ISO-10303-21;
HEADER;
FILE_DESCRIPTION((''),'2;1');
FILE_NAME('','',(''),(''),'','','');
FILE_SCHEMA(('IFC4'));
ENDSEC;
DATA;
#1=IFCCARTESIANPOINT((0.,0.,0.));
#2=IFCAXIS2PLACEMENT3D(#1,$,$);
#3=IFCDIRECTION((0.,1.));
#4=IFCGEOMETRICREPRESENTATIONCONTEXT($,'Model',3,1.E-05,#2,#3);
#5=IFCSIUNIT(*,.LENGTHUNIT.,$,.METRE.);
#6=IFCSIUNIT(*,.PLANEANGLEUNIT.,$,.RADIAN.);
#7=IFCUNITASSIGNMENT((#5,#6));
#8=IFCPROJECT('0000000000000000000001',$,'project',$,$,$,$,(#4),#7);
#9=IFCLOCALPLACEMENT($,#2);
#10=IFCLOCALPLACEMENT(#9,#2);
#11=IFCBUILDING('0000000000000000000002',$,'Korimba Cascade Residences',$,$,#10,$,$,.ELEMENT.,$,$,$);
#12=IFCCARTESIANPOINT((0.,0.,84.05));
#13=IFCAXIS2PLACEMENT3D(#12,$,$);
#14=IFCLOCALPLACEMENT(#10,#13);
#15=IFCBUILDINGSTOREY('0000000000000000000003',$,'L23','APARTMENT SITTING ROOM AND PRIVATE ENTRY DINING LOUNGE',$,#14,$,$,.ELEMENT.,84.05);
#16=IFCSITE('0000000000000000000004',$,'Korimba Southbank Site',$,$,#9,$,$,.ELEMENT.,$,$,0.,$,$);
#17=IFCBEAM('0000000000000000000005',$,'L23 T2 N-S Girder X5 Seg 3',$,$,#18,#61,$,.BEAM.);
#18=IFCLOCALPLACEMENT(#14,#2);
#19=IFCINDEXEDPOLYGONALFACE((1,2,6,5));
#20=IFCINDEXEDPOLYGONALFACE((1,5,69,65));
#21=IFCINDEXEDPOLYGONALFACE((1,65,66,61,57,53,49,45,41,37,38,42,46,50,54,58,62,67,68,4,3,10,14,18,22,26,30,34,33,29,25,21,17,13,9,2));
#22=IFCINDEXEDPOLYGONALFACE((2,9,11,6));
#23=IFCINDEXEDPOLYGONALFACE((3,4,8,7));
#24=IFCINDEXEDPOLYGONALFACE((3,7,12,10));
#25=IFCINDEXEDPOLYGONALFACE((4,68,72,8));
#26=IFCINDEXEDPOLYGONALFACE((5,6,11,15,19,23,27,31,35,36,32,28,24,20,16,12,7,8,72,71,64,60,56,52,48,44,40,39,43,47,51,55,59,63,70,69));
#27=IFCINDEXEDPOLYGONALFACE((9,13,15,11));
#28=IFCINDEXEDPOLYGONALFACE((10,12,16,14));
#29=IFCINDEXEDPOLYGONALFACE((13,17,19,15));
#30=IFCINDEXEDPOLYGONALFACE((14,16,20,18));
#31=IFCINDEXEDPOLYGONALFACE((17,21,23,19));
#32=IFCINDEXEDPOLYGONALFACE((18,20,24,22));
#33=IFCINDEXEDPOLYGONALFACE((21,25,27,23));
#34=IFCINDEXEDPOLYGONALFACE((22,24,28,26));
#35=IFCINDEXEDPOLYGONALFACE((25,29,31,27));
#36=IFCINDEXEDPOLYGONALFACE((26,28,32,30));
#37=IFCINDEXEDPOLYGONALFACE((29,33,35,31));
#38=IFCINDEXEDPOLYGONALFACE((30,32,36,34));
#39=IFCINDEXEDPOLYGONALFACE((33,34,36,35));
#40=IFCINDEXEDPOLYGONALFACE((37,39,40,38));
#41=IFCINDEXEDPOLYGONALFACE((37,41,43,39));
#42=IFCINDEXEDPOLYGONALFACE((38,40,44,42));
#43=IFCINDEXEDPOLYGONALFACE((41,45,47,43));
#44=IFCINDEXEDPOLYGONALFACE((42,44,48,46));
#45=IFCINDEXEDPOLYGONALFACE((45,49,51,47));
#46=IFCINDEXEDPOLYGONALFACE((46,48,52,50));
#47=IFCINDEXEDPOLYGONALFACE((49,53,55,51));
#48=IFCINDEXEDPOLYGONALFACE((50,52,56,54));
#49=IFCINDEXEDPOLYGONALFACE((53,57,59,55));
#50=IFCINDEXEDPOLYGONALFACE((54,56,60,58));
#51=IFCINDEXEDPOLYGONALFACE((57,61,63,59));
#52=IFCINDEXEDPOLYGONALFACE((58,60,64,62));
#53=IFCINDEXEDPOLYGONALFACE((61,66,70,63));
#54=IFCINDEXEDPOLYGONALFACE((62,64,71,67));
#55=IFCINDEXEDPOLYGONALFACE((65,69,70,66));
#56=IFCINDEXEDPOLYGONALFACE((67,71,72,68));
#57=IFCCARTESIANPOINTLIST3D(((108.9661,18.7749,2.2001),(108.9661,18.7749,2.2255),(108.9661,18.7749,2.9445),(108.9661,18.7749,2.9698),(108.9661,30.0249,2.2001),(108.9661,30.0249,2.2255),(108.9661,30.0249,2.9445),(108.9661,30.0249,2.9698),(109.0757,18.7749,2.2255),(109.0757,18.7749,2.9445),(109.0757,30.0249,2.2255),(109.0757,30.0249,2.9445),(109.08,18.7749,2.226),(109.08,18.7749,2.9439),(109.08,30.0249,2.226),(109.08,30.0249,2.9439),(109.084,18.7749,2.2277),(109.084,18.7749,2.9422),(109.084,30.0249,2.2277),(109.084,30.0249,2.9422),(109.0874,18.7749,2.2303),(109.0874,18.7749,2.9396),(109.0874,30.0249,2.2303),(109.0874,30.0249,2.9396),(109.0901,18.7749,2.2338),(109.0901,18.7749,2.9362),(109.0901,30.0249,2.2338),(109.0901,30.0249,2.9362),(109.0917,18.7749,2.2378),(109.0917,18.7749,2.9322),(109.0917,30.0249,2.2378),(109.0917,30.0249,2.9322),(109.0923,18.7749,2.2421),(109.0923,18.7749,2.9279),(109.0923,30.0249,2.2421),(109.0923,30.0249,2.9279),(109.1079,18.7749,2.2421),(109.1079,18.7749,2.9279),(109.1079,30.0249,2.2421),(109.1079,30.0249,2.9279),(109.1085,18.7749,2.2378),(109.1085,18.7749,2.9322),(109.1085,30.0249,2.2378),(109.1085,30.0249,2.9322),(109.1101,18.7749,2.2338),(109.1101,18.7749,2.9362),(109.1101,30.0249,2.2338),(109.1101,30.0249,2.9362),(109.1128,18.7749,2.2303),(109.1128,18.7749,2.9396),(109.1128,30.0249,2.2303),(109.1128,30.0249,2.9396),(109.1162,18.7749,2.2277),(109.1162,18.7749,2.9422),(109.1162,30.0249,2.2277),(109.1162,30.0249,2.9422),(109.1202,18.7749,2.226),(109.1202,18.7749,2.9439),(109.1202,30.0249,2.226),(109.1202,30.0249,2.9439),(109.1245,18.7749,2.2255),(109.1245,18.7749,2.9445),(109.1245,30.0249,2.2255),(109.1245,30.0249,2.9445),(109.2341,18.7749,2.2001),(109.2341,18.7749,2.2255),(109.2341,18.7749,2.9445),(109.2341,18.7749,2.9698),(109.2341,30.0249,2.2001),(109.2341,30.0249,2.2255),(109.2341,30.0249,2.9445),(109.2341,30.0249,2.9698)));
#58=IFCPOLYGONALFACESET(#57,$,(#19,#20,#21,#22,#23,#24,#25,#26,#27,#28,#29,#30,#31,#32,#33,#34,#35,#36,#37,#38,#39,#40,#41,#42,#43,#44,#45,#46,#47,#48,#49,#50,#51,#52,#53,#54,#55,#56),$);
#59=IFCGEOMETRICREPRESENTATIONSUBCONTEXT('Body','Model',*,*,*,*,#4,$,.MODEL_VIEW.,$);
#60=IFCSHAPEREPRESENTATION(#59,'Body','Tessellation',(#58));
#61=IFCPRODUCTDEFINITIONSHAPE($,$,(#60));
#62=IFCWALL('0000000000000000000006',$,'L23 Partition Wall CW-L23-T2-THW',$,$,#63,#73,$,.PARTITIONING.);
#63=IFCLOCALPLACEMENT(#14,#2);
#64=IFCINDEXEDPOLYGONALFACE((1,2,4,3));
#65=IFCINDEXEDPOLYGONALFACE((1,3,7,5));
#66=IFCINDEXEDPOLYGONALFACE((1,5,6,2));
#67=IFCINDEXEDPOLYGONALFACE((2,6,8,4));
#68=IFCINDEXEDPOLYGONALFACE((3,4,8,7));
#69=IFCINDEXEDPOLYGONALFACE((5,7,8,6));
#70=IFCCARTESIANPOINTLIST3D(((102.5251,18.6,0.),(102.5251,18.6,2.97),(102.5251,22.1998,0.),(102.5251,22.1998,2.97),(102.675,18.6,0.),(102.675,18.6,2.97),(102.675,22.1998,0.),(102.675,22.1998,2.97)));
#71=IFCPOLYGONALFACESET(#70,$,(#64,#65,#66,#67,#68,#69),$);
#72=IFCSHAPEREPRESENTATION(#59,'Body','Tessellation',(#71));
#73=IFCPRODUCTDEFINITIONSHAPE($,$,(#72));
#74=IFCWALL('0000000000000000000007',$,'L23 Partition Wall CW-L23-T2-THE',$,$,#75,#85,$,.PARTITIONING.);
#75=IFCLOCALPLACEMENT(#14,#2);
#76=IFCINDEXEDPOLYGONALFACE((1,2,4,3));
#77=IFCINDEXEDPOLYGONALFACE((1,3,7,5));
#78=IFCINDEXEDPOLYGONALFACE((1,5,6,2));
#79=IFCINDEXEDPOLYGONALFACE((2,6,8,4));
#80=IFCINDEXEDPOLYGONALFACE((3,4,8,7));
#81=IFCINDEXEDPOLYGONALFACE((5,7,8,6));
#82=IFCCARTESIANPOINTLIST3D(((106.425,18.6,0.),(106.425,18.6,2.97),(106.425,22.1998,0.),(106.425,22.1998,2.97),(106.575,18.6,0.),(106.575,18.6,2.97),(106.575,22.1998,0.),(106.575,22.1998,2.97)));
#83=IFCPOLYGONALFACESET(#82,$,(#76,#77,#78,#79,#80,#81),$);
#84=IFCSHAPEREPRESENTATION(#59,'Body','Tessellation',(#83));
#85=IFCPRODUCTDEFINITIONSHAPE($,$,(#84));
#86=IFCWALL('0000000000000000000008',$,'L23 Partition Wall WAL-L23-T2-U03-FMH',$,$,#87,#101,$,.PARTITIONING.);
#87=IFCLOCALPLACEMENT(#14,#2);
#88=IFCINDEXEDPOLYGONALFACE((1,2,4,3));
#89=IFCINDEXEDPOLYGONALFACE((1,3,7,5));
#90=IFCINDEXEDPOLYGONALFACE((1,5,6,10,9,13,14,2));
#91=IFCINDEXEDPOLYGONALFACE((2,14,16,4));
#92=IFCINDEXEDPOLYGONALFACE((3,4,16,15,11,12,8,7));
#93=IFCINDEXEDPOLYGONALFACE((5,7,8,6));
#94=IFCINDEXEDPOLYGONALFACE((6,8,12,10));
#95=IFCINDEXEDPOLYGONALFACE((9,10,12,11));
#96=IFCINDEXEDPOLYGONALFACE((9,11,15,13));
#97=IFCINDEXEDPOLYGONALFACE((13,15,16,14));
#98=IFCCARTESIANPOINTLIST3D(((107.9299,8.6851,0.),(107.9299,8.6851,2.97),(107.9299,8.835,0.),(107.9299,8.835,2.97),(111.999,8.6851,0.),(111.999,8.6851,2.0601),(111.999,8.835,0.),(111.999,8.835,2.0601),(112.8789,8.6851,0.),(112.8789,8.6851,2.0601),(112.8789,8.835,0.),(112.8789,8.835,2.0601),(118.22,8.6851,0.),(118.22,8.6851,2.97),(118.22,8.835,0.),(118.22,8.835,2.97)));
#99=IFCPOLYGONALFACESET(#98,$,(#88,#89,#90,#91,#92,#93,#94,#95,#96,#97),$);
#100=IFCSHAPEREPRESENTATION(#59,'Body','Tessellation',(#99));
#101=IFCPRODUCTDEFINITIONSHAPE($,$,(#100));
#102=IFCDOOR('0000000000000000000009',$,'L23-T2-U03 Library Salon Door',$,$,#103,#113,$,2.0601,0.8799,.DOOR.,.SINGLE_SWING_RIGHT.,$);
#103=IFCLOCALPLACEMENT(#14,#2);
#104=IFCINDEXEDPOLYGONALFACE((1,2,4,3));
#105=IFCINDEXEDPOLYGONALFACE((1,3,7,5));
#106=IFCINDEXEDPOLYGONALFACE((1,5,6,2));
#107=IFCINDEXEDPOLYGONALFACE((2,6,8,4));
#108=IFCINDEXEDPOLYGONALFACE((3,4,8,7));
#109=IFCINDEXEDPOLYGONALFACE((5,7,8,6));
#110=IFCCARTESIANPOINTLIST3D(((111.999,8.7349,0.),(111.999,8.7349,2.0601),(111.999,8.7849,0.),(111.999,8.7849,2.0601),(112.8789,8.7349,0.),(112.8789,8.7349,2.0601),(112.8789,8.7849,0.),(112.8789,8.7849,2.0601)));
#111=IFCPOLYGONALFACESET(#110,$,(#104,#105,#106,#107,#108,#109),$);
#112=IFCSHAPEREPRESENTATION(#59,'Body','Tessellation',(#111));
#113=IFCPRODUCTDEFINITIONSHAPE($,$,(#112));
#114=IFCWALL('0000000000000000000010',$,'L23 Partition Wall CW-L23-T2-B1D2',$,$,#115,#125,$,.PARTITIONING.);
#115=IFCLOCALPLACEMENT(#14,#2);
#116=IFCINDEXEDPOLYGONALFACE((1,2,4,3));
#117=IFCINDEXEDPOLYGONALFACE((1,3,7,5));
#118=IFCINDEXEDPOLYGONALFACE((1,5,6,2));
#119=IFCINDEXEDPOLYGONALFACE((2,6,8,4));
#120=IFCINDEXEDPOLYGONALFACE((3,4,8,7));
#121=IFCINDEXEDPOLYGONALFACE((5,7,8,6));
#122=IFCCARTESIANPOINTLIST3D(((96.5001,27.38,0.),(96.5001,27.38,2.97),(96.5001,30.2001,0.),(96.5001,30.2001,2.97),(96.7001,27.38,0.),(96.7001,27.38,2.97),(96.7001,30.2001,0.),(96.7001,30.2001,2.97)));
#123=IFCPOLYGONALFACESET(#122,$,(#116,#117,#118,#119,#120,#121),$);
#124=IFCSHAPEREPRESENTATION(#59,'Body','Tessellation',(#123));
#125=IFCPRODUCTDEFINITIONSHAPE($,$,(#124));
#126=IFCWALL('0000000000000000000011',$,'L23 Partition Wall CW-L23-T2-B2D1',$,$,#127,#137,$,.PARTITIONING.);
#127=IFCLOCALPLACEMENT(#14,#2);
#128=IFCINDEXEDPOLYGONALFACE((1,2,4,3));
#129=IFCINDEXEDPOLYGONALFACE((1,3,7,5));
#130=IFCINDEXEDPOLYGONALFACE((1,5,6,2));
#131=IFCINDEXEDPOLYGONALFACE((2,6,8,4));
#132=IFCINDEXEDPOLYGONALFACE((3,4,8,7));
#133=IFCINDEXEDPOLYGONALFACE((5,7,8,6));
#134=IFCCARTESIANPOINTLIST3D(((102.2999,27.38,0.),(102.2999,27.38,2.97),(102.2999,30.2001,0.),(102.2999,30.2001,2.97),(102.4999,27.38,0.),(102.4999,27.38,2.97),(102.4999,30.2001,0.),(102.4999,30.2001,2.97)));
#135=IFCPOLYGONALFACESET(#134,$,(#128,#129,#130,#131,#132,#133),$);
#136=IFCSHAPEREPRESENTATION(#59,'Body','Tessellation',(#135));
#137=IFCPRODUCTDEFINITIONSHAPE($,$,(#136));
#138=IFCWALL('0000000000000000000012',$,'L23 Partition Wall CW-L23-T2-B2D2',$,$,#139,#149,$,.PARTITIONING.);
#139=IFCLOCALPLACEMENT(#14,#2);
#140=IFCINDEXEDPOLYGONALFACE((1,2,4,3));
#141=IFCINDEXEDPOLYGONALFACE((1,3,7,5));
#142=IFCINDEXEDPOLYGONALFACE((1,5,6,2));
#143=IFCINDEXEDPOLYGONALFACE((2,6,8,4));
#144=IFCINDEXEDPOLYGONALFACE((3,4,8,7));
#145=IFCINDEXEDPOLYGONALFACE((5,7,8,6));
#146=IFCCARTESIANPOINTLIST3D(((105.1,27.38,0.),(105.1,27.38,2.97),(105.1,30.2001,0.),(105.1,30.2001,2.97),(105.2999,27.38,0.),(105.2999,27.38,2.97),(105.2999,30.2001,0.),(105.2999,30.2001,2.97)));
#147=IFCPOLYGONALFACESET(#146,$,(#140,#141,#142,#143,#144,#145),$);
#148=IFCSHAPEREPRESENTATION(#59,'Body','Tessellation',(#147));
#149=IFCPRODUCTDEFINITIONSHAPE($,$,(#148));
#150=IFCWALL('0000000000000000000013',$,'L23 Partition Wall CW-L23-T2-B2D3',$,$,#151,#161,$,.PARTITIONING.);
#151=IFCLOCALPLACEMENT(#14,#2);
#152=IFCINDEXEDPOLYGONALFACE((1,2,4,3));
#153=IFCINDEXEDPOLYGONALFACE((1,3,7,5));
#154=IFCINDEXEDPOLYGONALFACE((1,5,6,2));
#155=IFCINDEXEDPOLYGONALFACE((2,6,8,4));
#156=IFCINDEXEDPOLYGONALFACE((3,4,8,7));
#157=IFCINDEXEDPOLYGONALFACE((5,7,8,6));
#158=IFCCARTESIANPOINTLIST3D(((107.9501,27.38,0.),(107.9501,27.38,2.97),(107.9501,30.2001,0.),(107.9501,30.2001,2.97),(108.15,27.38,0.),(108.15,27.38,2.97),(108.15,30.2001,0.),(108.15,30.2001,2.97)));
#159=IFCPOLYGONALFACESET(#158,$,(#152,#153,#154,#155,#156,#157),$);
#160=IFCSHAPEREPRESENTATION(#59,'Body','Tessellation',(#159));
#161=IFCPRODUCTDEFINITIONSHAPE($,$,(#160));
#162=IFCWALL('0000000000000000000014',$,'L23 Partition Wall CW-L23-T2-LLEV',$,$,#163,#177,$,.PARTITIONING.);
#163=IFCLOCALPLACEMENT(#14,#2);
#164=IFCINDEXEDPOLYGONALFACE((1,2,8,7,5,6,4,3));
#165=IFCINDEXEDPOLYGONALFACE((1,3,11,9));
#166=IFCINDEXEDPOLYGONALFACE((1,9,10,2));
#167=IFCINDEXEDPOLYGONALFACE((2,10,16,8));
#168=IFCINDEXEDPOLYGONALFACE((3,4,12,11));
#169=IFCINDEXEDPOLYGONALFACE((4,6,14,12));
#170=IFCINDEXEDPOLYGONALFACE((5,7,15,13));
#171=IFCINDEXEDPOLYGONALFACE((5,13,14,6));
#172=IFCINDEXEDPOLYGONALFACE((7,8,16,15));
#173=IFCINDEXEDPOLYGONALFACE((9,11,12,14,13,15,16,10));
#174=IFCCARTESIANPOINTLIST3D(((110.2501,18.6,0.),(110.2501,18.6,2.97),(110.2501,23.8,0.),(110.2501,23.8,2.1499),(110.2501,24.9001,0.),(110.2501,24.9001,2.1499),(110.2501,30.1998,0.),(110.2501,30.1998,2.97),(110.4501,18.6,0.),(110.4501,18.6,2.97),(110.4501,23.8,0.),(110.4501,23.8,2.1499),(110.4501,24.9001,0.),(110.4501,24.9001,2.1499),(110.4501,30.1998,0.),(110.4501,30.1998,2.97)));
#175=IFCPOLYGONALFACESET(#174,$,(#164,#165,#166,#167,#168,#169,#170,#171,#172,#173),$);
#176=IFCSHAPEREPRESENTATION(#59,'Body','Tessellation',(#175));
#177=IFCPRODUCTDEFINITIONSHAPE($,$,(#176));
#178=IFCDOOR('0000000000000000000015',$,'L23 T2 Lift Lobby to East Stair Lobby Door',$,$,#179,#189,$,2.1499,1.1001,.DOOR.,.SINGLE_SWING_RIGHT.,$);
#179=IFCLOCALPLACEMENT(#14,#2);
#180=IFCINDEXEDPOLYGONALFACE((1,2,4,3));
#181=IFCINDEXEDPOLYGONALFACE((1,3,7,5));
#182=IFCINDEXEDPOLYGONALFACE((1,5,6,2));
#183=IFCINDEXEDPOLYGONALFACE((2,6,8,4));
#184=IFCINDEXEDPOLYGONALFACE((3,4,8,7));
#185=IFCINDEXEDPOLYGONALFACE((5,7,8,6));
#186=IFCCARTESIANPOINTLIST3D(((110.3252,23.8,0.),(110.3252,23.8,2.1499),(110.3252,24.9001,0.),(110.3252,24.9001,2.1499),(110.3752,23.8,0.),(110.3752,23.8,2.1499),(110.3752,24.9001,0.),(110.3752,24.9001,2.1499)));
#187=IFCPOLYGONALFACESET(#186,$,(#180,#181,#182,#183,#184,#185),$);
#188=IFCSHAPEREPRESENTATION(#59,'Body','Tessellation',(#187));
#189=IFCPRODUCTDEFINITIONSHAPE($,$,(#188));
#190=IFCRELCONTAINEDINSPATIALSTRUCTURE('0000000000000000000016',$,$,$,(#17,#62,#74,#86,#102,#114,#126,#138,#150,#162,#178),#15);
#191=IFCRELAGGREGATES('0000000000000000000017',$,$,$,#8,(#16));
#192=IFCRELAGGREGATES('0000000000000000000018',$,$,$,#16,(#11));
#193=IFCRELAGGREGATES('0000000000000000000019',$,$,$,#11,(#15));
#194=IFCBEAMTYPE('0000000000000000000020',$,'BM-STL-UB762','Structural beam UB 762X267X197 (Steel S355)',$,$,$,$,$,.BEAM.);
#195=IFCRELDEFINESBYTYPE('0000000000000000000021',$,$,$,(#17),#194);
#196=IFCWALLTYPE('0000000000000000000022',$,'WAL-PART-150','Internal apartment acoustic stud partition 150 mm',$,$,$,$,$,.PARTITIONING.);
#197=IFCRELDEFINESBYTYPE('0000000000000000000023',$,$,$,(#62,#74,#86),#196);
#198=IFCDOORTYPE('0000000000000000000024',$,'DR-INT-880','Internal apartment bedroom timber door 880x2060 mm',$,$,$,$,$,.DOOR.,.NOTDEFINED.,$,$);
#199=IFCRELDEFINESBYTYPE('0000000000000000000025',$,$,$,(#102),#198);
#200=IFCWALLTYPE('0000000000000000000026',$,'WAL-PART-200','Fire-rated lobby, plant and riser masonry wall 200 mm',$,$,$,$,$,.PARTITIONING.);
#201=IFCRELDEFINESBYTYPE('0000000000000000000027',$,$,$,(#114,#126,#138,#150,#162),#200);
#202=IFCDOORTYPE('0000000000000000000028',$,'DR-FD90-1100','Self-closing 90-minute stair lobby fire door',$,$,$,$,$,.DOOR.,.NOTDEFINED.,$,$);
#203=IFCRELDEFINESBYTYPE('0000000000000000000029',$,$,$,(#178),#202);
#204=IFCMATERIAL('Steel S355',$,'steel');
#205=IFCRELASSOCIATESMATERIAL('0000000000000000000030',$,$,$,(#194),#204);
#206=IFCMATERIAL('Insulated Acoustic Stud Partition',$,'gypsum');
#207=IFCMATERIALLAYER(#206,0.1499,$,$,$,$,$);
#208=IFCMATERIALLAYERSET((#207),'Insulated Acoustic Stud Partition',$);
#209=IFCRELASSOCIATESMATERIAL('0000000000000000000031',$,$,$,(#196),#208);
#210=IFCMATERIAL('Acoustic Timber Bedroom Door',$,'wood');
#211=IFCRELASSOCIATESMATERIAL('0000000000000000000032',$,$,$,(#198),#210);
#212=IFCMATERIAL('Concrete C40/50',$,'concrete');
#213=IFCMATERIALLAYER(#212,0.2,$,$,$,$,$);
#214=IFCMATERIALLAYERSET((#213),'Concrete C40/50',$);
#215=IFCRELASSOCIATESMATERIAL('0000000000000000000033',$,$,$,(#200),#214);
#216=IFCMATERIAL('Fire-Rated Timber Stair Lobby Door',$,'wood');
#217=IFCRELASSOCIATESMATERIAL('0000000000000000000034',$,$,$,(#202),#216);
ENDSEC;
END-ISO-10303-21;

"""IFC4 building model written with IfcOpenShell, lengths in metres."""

from ifc_helpers import new_model, si_unit, direction, frame, frame_2d, origin, origin_2d, place, context, subcontext, project, spatial, rectangle, i_section, extrude, material, layer, layer_set, material_profile, profile_set, type_object, element, fill, save


model = new_model("IFC4")

# Units and contexts
model_context = context("Model", 3, precision=1e-05, world=origin(), true_north=direction((0.0, 1.0)))
body_context = subcontext(model_context, "Body", "Model", "MODEL_VIEW")
ifc_project = project(units=[si_unit("LENGTHUNIT", "METRE"), si_unit("PLANEANGLEUNIT", "RADIAN")], contexts=[model_context])

# Site, building, storey
site_placement = place(None, origin())
site = spatial("IfcSite", under=ifc_project, at=site_placement, Name="Korimba Southbank Site", CompositionType="ELEMENT", RefElevation=0.0)
building_placement = place(site_placement, origin())
building = spatial("IfcBuilding", under=site, at=building_placement, Name="Korimba Cascade Residences", CompositionType="ELEMENT")
storey_placement = place(building_placement, frame((0.0, 0.0, 84.05)))
storey = spatial("IfcBuildingStorey", under=building, at=storey_placement, Name="L23", Description="APARTMENT SITTING ROOM AND PRIVATE ENTRY DINING LOUNGE", CompositionType="ELEMENT", Elevation=84.05)

# Beam
ifc_material_1 = material(Name="Steel S355", Category="steel")
ifc_material_profile_1 = material_profile(ifc_material_1, i_section(OverallWidth=0.2681, OverallDepth=0.7698, WebThickness=0.0156, FlangeThickness=0.0254, FilletRadius=0.0166, at=origin_2d()), Name="Steel S355")
ifc_profile_set_1 = profile_set([ifc_material_profile_1], Name="Steel S355")
beam_type = type_object("IfcBeamType", Name="BM-STL-UB762", Description="Structural beam UB 762X267X197 (Steel S355)", PredefinedType="BEAM", material=ifc_profile_set_1)
beam_1_placement = place(storey_placement, frame((109.1001, 18.7749, 2.585), z_axis=(0.0, 1.0, 0.0), x_axis=(-1.0, 0.0, 0.0)))
element("IfcBeam", 1, at=beam_1_placement, inside=storey, type_object=beam_type, Name="L23 T2 N-S Girder X5 Seg 3", PredefinedType="BEAM", context=body_context, shape_type="SweptSolid", body=[
    extrude(i_section(OverallWidth=0.2681, OverallDepth=0.7698, WebThickness=0.0156, FlangeThickness=0.0254, FilletRadius=0.0166, at=origin_2d()), origin(), (0.0, 0.0, 1.0), 11.25),
])

# Walls
ifc_material_2 = material(Name="Insulated Acoustic Stud Partition", Category="gypsum")
ifc_layer_1 = layer(ifc_material_2, 0.1499)
ifc_layer_set_1 = layer_set([ifc_layer_1], Name="Insulated Acoustic Stud Partition")
wall_type_1 = type_object("IfcWallType", Name="WAL-PART-150", Description="Internal apartment acoustic stud partition 150 mm", PredefinedType="PARTITIONING", material=ifc_layer_set_1)
for number, where, z_axis, x_axis, name in (
    (2, (102.6001, 18.6001, 0.0), (0.0, 0.0, 1.0), (0.0, 1.0, 0.0), "L23 Partition Wall CW-L23-T2-THW"),
    (3, (106.5, 18.6001, 0.0), (0.0, 0.0, 1.0), (0.0, 1.0, 0.0), "L23 Partition Wall CW-L23-T2-THE"),
):
    element("IfcWall", number, at=place(storey_placement, frame(where, z_axis=z_axis, x_axis=x_axis)), inside=storey, type_object=wall_type_1, Name=name, PredefinedType="PARTITIONING", context=body_context, shape_type="SweptSolid", body=[
        extrude(rectangle(XDim=3.5999, YDim=0.1499, at=frame_2d((1.7998, 0.0))), origin(), (0.0, 0.0, 1.0), 2.97),
    ])

# Wall, opening, door
wall_1_placement = place(storey_placement, frame((107.9299, 8.76, 0.0), z_axis=(0.0, 0.0, 1.0), x_axis=(1.0, 0.0, 0.0)))
wall_1 = element("IfcWall", 4, at=wall_1_placement, inside=storey, type_object=wall_type_1, Name="L23 Partition Wall WAL-L23-T2-U03-FMH", PredefinedType="PARTITIONING", context=body_context, shape_type="SweptSolid", body=[
    extrude(rectangle(XDim=10.29, YDim=0.1499, at=frame_2d((5.145, 0.0))), origin(), (0.0, 0.0, 1.0), 2.97),
])
opening_1_placement = place(wall_1_placement, frame((4.0691, 0.0, 0.0)))
opening_1 = element("IfcOpeningElement", 5, at=opening_1_placement, cuts=wall_1, PredefinedType="OPENING", context=body_context, shape_type="SweptSolid", body=[
    extrude(rectangle(XDim=0.8799, YDim=2.0601, at=frame_2d((0.4399, 1.03))), frame((0.0, 0.085, 0.0), z_axis=(0.0, -1.0, 0.0), x_axis=(1.0, 0.0, 0.0)), (0.0, 0.0, 1.0), 0.1699),
])
ifc_material_3 = material(Name="Acoustic Timber Bedroom Door", Category="wood")
door_type_1 = type_object("IfcDoorType", Name="DR-INT-880", Description="Internal apartment bedroom timber door 880x2060 mm", OperationType="NOTDEFINED", PredefinedType="DOOR", material=ifc_material_3)
door_1_placement = place(opening_1_placement, origin())
door_1 = element("IfcDoor", 6, at=door_1_placement, inside=storey, type_object=door_type_1, Name="L23-T2-U03 Library Salon Door", OperationType="SINGLE_SWING_RIGHT", OverallHeight=2.0601, OverallWidth=0.8799, PredefinedType="DOOR", context=body_context, shape_type="SweptSolid", body=[
    extrude(rectangle(XDim=0.8799, YDim=2.0601, at=frame_2d((0.4399, 1.03))), frame((0.0, 0.0249, 0.0), z_axis=(0.0, -1.0, 0.0), x_axis=(1.0, 0.0, 0.0)), (0.0, 0.0, 1.0), 0.05),
])
fill(opening_1, door_1)

# Walls
ifc_material_4 = material(Name="Concrete C40/50", Category="concrete")
ifc_layer_2 = layer(ifc_material_4, 0.2)
ifc_layer_set_2 = layer_set([ifc_layer_2], Name="Concrete C40/50")
wall_type_2 = type_object("IfcWallType", Name="WAL-PART-200", Description="Fire-rated lobby, plant and riser masonry wall 200 mm", PredefinedType="PARTITIONING", material=ifc_layer_set_2)
for number, where, z_axis, x_axis, name in (
    (7, (96.6001, 27.3799, 0.0), (0.0, 0.0, 1.0), (0.0, 1.0, 0.0), "L23 Partition Wall CW-L23-T2-B1D2"),
    (8, (102.3999, 27.3799, 0.0), (0.0, 0.0, 1.0), (0.0, 1.0, 0.0), "L23 Partition Wall CW-L23-T2-B2D1"),
    (9, (105.2, 27.3799, 0.0), (0.0, 0.0, 1.0), (0.0, 1.0, 0.0), "L23 Partition Wall CW-L23-T2-B2D2"),
    (10, (108.05, 27.3799, 0.0), (0.0, 0.0, 1.0), (0.0, 1.0, 0.0), "L23 Partition Wall CW-L23-T2-B2D3"),
):
    element("IfcWall", number, at=place(storey_placement, frame(where, z_axis=z_axis, x_axis=x_axis)), inside=storey, type_object=wall_type_2, Name=name, PredefinedType="PARTITIONING", context=body_context, shape_type="SweptSolid", body=[
        extrude(rectangle(XDim=2.8201, YDim=0.2, at=frame_2d((1.4102, 0.0))), origin(), (0.0, 0.0, 1.0), 2.97),
    ])

# Wall, opening, door
wall_2_placement = place(storey_placement, frame((110.3501, 18.6001, 0.0), z_axis=(0.0, 0.0, 1.0), x_axis=(0.0, 1.0, 0.0)))
wall_2 = element("IfcWall", 11, at=wall_2_placement, inside=storey, type_object=wall_type_2, Name="L23 Partition Wall CW-L23-T2-LLEV", PredefinedType="PARTITIONING", context=body_context, shape_type="SweptSolid", body=[
    extrude(rectangle(XDim=11.5999, YDim=0.2, at=frame_2d((5.7998, 0.0))), origin(), (0.0, 0.0, 1.0), 2.97),
])
opening_2_placement = place(wall_2_placement, frame((5.2, 0.0, 0.0)))
opening_2 = element("IfcOpeningElement", 12, at=opening_2_placement, cuts=wall_2, PredefinedType="OPENING", context=body_context, shape_type="SweptSolid", body=[
    extrude(rectangle(XDim=1.1001, YDim=2.1499, at=frame_2d((0.55, 1.075))), frame((0.0, 0.1099, 0.0), z_axis=(0.0, -1.0, 0.0), x_axis=(1.0, 0.0, 0.0)), (0.0, 0.0, 1.0), 0.22),
])
ifc_material_5 = material(Name="Fire-Rated Timber Stair Lobby Door", Category="wood")
door_type_2 = type_object("IfcDoorType", Name="DR-FD90-1100", Description="Self-closing 90-minute stair lobby fire door", OperationType="NOTDEFINED", PredefinedType="DOOR", material=ifc_material_5)
door_2_placement = place(opening_2_placement, origin())
door_2 = element("IfcDoor", 13, at=door_2_placement, inside=storey, type_object=door_type_2, Name="L23 T2 Lift Lobby to East Stair Lobby Door", OperationType="SINGLE_SWING_RIGHT", OverallHeight=2.1499, OverallWidth=1.1001, PredefinedType="DOOR", context=body_context, shape_type="SweptSolid", body=[
    extrude(rectangle(XDim=1.1001, YDim=2.1499, at=frame_2d((0.55, 1.075))), frame((0.0, 0.0249, 0.0), z_axis=(0.0, -1.0, 0.0), x_axis=(1.0, 0.0, 0.0)), (0.0, 0.0, 1.0), 0.05),
])
fill(opening_2, door_2)

save(model, "model.ifc")
